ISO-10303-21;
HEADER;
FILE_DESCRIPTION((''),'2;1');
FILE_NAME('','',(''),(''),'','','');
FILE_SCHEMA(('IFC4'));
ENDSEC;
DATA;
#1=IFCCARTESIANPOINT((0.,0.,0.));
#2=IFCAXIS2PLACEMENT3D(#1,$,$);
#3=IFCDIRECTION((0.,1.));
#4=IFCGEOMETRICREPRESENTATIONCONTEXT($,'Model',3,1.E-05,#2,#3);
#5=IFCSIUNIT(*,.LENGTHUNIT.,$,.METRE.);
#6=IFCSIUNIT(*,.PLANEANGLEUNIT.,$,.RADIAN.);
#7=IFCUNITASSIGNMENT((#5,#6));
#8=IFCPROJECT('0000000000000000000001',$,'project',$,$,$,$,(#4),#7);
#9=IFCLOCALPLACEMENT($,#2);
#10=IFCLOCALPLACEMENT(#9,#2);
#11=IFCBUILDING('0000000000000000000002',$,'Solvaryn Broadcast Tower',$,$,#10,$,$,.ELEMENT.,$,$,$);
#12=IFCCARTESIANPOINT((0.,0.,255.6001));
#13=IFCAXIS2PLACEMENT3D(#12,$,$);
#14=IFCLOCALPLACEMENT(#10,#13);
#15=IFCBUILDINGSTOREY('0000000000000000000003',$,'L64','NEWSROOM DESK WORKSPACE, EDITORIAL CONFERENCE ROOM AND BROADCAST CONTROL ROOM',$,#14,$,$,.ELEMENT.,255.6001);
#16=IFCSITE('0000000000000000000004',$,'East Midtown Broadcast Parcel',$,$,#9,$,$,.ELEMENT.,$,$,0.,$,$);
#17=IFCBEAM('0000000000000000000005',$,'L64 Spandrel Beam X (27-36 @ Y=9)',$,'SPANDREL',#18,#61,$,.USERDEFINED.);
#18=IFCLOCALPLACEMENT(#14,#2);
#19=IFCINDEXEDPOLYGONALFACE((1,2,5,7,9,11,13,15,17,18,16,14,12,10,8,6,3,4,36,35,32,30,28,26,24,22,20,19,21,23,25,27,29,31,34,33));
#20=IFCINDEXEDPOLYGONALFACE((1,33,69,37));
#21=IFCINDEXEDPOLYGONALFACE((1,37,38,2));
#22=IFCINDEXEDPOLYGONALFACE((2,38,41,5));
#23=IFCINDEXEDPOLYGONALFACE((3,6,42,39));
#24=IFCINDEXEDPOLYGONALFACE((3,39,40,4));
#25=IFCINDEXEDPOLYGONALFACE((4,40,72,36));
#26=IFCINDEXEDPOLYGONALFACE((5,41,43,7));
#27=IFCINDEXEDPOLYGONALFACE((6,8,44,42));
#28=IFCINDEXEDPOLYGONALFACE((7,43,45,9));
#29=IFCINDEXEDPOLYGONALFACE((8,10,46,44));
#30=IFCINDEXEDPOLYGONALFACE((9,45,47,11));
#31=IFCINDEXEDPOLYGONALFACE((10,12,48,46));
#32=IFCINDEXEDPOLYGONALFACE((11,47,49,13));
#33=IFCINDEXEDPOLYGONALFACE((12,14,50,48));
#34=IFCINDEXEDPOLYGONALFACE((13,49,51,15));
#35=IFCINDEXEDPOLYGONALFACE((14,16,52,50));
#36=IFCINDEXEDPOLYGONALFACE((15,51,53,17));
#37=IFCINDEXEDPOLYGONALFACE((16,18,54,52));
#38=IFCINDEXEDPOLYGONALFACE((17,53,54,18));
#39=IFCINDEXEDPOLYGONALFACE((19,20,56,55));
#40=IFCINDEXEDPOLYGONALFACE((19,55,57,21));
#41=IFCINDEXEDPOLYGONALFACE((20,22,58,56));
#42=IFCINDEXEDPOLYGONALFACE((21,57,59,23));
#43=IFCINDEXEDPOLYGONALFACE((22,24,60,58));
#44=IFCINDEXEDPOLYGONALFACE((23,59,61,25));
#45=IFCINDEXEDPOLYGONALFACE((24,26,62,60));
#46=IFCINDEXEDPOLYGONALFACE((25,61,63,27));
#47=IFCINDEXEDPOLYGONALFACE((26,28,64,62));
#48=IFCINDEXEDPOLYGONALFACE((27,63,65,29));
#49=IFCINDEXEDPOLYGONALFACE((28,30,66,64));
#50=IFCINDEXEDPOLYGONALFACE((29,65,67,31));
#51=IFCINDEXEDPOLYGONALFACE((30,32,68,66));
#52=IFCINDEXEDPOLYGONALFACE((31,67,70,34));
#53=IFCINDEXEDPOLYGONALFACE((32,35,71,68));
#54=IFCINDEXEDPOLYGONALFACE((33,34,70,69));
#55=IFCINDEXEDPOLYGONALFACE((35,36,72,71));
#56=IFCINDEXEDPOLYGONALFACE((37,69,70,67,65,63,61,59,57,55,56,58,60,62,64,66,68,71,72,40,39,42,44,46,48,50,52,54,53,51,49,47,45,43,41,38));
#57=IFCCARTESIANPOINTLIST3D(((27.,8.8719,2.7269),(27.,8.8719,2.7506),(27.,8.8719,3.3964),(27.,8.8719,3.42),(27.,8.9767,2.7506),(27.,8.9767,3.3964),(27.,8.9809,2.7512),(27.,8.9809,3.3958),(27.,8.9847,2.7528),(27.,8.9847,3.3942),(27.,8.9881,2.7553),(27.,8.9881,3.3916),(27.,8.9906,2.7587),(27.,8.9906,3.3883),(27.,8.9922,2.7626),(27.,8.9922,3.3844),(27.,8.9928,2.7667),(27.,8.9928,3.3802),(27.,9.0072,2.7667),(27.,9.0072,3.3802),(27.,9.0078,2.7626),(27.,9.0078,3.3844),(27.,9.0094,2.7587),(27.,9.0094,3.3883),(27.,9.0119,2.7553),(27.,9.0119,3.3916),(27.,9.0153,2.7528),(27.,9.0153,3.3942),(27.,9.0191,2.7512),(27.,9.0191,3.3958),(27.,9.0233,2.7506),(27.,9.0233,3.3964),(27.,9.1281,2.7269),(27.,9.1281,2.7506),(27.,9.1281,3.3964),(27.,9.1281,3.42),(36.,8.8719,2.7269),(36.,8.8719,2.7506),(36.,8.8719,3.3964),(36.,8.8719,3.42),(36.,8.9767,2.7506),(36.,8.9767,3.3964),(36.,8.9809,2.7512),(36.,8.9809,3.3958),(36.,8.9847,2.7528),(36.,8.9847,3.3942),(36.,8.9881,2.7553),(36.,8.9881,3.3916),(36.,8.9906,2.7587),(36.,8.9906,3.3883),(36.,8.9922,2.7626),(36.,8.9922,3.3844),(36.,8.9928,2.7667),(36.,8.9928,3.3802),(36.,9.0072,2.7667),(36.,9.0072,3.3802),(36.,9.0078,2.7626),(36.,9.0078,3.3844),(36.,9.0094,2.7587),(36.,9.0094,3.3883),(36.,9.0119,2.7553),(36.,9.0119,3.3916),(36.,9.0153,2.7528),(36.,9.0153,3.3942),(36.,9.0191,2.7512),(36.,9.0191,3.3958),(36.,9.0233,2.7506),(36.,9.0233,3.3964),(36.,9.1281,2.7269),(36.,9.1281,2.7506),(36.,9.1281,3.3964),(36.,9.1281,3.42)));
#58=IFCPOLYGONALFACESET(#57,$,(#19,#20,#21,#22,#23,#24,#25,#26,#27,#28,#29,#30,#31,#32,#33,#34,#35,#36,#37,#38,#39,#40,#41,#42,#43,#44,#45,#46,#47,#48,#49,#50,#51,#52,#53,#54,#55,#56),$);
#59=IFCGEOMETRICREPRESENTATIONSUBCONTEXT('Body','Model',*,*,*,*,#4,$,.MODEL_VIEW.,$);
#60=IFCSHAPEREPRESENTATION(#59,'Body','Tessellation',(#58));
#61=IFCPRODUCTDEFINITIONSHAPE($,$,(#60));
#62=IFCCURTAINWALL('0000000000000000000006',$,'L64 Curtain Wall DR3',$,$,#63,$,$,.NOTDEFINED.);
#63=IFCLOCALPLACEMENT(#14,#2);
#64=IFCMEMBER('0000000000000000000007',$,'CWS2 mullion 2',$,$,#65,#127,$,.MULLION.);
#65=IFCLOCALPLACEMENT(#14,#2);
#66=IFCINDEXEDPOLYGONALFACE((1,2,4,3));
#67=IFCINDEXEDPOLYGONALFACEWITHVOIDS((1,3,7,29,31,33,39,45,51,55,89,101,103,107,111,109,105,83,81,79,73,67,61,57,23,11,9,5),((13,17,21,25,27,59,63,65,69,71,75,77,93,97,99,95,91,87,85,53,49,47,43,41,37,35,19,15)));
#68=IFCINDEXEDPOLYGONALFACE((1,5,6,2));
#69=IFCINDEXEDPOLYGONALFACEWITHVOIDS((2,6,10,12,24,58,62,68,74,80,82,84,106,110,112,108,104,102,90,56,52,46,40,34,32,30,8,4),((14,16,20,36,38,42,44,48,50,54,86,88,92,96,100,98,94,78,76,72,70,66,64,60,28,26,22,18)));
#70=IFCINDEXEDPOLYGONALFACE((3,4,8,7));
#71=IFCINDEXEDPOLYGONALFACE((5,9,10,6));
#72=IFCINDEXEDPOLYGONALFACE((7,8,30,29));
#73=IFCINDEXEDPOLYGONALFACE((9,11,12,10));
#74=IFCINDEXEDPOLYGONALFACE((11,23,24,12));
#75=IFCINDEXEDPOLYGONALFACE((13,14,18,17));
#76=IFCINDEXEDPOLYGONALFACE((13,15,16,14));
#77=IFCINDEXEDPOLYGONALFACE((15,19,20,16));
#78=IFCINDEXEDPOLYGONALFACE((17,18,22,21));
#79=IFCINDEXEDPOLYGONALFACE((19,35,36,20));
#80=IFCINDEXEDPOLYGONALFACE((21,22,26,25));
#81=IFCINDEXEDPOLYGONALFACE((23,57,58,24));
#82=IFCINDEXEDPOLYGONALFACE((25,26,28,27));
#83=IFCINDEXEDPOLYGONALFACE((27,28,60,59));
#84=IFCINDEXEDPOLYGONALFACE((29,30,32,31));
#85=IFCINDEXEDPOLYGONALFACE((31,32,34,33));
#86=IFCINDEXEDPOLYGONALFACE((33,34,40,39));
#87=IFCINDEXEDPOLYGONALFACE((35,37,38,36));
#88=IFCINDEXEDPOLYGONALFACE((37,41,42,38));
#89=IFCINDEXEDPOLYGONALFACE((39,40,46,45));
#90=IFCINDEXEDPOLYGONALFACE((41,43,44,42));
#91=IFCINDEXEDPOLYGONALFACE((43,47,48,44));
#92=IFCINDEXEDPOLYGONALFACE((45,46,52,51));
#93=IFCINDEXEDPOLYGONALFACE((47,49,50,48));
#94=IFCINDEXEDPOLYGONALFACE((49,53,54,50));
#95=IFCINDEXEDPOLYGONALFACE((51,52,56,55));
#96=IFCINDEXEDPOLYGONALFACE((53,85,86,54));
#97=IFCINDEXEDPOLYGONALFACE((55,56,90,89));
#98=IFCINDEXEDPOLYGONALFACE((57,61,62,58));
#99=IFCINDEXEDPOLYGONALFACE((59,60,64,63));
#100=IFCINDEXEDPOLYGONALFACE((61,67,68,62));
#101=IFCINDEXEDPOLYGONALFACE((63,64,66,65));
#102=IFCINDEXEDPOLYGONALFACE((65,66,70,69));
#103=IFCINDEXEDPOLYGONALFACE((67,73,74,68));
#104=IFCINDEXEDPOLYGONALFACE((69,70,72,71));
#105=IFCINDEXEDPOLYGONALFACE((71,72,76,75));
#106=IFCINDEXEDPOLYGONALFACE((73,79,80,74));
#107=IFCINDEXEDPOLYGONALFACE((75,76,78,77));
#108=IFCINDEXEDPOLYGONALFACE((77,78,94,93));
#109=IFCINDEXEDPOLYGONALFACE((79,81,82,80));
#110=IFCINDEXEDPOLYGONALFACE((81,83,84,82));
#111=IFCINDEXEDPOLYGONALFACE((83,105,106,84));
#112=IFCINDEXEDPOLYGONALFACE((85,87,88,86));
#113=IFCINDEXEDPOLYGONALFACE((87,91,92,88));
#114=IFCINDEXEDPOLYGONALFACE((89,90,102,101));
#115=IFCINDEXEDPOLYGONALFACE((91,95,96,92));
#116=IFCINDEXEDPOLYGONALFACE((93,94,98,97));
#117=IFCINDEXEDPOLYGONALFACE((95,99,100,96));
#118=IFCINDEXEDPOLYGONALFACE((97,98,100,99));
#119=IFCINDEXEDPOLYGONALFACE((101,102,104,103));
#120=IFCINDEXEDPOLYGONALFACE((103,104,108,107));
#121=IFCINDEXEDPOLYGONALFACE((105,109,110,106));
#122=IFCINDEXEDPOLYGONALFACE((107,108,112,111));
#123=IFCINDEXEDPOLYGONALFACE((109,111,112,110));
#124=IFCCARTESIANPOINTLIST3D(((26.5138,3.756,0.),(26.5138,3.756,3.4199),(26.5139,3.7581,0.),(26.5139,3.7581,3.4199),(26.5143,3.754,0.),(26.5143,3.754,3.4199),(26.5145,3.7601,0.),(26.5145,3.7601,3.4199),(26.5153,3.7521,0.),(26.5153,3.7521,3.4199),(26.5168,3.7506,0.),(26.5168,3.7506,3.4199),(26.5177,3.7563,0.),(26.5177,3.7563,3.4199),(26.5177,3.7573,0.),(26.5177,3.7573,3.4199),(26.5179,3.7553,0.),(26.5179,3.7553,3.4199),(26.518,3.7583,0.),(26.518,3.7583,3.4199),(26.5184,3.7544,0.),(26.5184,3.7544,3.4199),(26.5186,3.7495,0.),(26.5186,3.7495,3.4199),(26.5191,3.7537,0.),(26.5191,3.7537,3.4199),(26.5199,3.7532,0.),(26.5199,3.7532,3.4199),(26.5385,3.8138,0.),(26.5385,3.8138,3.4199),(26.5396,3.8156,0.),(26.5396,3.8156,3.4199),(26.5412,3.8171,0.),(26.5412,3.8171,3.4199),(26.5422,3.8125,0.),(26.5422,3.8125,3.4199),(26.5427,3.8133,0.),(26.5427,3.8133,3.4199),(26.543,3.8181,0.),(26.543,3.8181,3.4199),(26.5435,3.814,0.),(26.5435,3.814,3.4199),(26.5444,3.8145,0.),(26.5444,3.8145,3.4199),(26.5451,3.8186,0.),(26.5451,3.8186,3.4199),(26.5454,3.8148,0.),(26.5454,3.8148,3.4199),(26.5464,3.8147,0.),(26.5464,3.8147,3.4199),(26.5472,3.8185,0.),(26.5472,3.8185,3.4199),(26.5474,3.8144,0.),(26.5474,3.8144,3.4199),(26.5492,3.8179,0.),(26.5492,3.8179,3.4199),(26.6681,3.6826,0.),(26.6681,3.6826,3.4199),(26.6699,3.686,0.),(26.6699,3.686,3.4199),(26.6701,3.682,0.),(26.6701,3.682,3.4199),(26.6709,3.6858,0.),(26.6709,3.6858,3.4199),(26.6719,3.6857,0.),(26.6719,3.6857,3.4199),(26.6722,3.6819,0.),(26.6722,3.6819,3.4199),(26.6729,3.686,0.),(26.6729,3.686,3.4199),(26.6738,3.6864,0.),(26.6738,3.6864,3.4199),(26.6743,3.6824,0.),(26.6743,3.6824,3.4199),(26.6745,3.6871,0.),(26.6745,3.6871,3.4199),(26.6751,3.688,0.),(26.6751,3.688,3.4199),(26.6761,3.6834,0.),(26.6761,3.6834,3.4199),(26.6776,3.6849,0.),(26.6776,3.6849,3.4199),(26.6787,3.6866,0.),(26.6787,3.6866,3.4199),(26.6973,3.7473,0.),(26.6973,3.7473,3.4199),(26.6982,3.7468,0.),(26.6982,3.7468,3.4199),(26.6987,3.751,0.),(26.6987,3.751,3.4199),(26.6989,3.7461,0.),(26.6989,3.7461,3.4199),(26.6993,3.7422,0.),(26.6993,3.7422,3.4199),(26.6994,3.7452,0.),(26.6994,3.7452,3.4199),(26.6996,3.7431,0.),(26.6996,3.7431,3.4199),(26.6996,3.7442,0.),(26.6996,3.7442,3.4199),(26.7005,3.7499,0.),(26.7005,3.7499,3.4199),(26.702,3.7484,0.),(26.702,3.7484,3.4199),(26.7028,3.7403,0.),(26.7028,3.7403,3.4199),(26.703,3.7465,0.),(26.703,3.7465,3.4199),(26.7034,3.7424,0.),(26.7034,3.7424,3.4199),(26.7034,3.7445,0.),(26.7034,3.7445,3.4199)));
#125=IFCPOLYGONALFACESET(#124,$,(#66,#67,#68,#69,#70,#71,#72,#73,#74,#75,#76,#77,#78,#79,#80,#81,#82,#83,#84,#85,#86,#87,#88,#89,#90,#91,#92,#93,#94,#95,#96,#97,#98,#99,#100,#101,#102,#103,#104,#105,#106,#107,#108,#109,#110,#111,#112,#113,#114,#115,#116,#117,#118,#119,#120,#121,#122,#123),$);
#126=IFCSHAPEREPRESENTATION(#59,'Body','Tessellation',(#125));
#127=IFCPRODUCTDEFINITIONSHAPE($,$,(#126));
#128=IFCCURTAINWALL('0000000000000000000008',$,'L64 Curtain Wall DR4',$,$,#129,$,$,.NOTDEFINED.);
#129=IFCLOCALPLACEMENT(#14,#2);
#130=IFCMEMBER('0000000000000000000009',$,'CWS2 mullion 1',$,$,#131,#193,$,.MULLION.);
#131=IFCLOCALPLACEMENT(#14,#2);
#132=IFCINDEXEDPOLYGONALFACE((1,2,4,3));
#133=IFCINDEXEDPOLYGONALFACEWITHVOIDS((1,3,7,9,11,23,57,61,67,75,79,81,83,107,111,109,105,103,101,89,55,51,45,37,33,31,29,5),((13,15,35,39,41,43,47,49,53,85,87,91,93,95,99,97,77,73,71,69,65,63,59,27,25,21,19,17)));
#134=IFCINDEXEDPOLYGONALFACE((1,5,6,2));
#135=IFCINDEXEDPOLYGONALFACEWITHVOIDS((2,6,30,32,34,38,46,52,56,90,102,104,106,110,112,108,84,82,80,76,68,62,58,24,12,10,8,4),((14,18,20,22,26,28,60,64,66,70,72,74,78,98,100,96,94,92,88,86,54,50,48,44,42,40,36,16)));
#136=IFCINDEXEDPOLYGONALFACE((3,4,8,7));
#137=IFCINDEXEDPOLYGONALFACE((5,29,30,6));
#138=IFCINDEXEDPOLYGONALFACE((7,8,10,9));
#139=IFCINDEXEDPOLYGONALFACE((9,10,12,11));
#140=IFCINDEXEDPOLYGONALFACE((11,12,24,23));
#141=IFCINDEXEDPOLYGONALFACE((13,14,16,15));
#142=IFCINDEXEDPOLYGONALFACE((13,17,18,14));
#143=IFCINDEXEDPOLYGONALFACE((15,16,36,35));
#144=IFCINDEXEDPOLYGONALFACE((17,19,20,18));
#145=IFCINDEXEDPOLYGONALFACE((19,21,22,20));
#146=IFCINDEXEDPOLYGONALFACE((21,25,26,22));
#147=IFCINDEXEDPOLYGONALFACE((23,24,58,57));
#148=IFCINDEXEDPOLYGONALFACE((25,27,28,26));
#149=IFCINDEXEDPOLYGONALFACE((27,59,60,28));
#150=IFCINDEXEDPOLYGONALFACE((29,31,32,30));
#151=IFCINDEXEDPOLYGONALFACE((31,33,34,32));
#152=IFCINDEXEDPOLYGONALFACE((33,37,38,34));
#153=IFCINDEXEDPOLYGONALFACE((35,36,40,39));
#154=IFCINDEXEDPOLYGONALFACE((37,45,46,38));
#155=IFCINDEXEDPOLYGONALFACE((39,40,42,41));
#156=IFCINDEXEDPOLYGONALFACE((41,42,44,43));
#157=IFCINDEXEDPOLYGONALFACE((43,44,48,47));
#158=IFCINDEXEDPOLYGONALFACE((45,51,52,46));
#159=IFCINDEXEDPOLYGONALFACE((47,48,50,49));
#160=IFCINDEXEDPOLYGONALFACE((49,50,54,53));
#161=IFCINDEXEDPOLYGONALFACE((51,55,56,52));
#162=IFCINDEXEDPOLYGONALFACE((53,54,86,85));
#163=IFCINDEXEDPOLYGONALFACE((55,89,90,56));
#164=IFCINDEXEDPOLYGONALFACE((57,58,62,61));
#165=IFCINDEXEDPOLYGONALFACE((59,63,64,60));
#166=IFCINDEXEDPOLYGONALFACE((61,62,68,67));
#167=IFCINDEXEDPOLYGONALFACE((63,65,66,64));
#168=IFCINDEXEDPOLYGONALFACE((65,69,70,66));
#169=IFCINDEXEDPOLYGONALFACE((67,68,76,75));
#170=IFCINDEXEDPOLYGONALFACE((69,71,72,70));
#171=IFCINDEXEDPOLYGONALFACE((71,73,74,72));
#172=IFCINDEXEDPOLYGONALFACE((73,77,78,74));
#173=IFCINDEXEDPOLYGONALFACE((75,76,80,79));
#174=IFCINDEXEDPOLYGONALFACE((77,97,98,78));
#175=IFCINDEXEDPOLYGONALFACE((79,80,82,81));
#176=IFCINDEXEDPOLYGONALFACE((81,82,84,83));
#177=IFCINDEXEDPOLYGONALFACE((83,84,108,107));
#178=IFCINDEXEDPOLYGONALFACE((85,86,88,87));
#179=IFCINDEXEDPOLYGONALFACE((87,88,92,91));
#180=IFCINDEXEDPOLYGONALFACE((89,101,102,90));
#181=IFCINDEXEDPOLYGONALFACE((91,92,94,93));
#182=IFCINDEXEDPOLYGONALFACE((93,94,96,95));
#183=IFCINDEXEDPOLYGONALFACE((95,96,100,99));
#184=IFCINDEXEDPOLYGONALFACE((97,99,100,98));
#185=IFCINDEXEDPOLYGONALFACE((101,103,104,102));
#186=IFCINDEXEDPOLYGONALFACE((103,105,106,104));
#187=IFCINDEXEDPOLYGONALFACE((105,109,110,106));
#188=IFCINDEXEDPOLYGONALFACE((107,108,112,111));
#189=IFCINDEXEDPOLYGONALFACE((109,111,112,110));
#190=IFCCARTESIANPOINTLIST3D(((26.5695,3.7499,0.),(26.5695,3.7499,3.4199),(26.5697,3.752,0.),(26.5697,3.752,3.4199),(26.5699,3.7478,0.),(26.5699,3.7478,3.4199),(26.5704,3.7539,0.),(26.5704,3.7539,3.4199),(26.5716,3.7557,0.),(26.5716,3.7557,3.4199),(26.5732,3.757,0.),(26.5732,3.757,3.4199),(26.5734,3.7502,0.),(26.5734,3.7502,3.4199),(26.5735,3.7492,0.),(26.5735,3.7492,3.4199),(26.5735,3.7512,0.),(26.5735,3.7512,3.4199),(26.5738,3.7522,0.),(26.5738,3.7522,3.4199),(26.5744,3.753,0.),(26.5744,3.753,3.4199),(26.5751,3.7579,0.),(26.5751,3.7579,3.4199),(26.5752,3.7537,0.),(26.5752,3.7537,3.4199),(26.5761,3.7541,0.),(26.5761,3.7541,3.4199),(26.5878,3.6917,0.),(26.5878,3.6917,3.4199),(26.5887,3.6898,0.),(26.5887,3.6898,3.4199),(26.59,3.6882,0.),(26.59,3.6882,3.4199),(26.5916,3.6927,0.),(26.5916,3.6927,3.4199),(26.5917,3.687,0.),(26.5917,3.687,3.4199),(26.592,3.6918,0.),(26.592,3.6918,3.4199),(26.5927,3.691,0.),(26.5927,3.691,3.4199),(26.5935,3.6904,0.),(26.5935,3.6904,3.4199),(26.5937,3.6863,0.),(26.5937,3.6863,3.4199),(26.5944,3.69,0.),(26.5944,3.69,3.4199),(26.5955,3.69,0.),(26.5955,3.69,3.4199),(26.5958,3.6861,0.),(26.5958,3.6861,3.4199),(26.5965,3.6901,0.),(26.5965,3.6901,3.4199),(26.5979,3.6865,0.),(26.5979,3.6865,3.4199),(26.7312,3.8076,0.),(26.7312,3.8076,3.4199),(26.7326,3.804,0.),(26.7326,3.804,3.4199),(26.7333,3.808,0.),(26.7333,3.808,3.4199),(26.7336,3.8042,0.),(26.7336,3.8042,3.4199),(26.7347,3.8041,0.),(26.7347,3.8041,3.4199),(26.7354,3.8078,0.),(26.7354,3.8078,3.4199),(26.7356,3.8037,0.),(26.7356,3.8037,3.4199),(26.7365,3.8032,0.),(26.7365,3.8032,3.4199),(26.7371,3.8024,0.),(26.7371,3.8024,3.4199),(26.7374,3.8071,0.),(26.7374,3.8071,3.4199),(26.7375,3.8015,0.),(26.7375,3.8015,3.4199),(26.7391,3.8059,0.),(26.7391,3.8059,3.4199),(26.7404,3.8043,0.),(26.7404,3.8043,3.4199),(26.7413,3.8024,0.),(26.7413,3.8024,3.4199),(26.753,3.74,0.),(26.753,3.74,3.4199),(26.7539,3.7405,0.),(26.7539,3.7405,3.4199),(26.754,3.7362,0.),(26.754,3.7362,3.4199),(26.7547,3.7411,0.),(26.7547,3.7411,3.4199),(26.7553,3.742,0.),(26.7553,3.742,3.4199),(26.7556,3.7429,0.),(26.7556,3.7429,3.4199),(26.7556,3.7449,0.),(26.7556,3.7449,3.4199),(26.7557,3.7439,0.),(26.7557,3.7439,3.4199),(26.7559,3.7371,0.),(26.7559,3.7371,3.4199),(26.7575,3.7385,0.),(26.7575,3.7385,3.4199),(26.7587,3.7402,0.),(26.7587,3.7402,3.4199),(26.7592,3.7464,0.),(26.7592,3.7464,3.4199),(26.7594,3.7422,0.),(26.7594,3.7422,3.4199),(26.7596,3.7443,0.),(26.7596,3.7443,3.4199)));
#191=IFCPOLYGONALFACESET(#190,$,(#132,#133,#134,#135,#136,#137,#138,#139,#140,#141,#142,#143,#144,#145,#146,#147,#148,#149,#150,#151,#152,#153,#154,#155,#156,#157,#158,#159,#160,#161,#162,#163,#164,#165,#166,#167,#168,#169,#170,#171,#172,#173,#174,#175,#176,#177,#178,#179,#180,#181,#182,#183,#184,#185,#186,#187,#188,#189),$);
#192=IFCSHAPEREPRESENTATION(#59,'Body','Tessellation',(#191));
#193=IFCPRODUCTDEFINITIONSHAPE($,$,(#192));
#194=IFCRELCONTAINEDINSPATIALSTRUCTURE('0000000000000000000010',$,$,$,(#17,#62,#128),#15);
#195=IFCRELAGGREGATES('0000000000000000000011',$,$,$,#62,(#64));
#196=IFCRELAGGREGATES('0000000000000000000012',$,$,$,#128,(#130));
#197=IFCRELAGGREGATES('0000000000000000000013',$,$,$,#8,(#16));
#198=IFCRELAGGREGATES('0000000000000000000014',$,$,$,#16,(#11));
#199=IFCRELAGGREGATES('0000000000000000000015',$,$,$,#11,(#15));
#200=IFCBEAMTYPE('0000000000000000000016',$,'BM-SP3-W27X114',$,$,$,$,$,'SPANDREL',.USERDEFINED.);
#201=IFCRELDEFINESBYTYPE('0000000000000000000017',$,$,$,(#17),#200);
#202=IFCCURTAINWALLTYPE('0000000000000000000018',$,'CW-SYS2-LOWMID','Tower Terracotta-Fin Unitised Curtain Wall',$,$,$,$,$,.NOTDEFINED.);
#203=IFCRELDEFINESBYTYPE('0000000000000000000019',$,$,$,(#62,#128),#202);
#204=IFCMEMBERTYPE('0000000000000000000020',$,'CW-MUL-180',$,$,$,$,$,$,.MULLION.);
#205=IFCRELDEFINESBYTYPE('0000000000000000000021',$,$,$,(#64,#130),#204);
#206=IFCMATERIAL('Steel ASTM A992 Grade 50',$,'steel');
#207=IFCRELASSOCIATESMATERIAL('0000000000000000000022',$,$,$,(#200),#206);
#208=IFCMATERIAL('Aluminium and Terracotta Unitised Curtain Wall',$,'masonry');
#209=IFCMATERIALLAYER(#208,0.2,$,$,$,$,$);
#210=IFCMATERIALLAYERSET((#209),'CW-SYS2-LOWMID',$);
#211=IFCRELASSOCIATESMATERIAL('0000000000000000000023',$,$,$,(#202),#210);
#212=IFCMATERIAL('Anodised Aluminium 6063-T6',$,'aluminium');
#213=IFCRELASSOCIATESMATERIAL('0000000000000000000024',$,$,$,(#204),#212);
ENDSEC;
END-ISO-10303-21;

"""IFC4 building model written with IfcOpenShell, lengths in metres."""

from ifc_helpers import new_model, si_unit, direction, frame, origin, origin_2d, place, context, subcontext, project, spatial, hollow_rectangle, i_section, extrude, material, layer, layer_set, material_profile, profile_set, type_object, element, aggregate, save


model = new_model("IFC4")

# Units and contexts
model_context = context("Model", 3, precision=1e-05, world=origin(), true_north=direction((0.0, 1.0)))
body_context = subcontext(model_context, "Body", "Model", "MODEL_VIEW")
ifc_project = project(units=[si_unit("LENGTHUNIT", "METRE"), si_unit("PLANEANGLEUNIT", "RADIAN")], contexts=[model_context])

# Site, building, storey
site_placement = place(None, origin())
site = spatial("IfcSite", under=ifc_project, at=site_placement, Name="East Midtown Broadcast Parcel", CompositionType="ELEMENT", RefElevation=0.0)
building_placement = place(site_placement, origin())
building = spatial("IfcBuilding", under=site, at=building_placement, Name="Solvaryn Broadcast Tower", CompositionType="ELEMENT")
storey_placement = place(building_placement, frame((0.0, 0.0, 255.6001)))
storey = spatial("IfcBuildingStorey", under=building, at=storey_placement, Name="L64", Description="NEWSROOM DESK WORKSPACE, EDITORIAL CONFERENCE ROOM AND BROADCAST CONTROL ROOM", CompositionType="ELEMENT", Elevation=255.6001)

# Beam
ifc_material_1 = material(Name="Steel ASTM A992 Grade 50", Category="steel")
ifc_material_profile_1 = material_profile(ifc_material_1, i_section(OverallWidth=0.2561, OverallDepth=0.6931, WebThickness=0.0144, FlangeThickness=0.0237, FilletRadius=0.0161, at=origin_2d()))
ifc_profile_set_1 = profile_set([ifc_material_profile_1], Name="Steel ASTM A992 Grade 50")
beam_type_1 = type_object("IfcBeamType", Name="BM-SP3-W27X114", ElementType="SPANDREL", PredefinedType="USERDEFINED", material=ifc_profile_set_1)
beam_1_placement = place(storey_placement, frame((27.0, 9.0, 3.0735), z_axis=(1.0, 0.0, 0.0), x_axis=(0.0, 1.0, 0.0)))
element("IfcBeam", 1, at=beam_1_placement, inside=storey, type_object=beam_type_1, Name="L64 Spandrel Beam X (27-36 @ Y=9)", ObjectType="SPANDREL", PredefinedType="USERDEFINED", context=body_context, shape_type="SweptSolid", body=[
    extrude(i_section(OverallWidth=0.2561, OverallDepth=0.6931, WebThickness=0.0144, FlangeThickness=0.0237, FilletRadius=0.0161, at=origin_2d()), origin(), (0.0, 0.0, 1.0), 9.0),
])

# Curtain wall, member
ifc_material_2 = material(Name="Aluminium and Terracotta Unitised Curtain Wall", Category="masonry")
ifc_layer_1 = layer(ifc_material_2, 0.2)
ifc_layer_set_1 = layer_set([ifc_layer_1], Name="CW-SYS2-LOWMID")
curtain_wall_type = type_object("IfcCurtainWallType", Name="CW-SYS2-LOWMID", Description="Tower Terracotta-Fin Unitised Curtain Wall", PredefinedType="NOTDEFINED", material=ifc_layer_set_1)
curtain_wall_1_placement = place(storey_placement, origin())
curtain_wall_1 = element("IfcCurtainWall", 2, at=curtain_wall_1_placement, inside=storey, type_object=curtain_wall_type, Name="L64 Curtain Wall DR3", PredefinedType="NOTDEFINED")
ifc_material_3 = material(Name="Anodised Aluminium 6063-T6", Category="aluminium")
ifc_material_profile_2 = material_profile(ifc_material_3, hollow_rectangle(XDim=0.075, YDim=0.1799, WallThickness=0.0039, InnerFilletRadius=0.0039, OuterFilletRadius=0.0081, at=origin_2d()))
ifc_profile_set_2 = profile_set([ifc_material_profile_2], Name="Anodised Aluminium 6063-T6")
member_type_1 = type_object("IfcMemberType", Name="CW-MUL-180", PredefinedType="MULLION", material=ifc_profile_set_2)
member_1_placement = place(storey_placement, frame((26.6086, 3.7502, 0.0), z_axis=(0.0, 0.0, 1.0), x_axis=(0.408466, 0.912774, 0.0)))
member_1 = element("IfcMember", 3, at=member_1_placement, type_object=member_type_1, Name="CWS2 mullion 2", PredefinedType="MULLION", context=body_context, shape_type="SweptSolid", body=[
    extrude(hollow_rectangle(XDim=0.075, YDim=0.1799, WallThickness=0.0039, InnerFilletRadius=0.0039, OuterFilletRadius=0.0081, at=origin_2d()), origin(), (0.0, 0.0, 1.0), 3.4199),
])
aggregate(curtain_wall_1, [member_1])

# Curtain wall, member
curtain_wall_2_placement = place(storey_placement, origin())
curtain_wall_2 = element("IfcCurtainWall", 4, at=curtain_wall_2_placement, inside=storey, type_object=curtain_wall_type, Name="L64 Curtain Wall DR4", PredefinedType="NOTDEFINED")
member_2_placement = place(storey_placement, frame((26.6646, 3.7471, 0.0), z_axis=(0.0, 0.0, 1.0), x_axis=(-0.303616, 0.952795, 0.0)))
member_2 = element("IfcMember", 5, at=member_2_placement, type_object=member_type_1, Name="CWS2 mullion 1", PredefinedType="MULLION", context=body_context, shape_type="SweptSolid", body=[
    extrude(hollow_rectangle(XDim=0.075, YDim=0.1799, WallThickness=0.0039, InnerFilletRadius=0.0039, OuterFilletRadius=0.0081, at=origin_2d()), origin(), (0.0, 0.0, 1.0), 3.4199),
])
aggregate(curtain_wall_2, [member_2])

save(model, "model.ifc")
